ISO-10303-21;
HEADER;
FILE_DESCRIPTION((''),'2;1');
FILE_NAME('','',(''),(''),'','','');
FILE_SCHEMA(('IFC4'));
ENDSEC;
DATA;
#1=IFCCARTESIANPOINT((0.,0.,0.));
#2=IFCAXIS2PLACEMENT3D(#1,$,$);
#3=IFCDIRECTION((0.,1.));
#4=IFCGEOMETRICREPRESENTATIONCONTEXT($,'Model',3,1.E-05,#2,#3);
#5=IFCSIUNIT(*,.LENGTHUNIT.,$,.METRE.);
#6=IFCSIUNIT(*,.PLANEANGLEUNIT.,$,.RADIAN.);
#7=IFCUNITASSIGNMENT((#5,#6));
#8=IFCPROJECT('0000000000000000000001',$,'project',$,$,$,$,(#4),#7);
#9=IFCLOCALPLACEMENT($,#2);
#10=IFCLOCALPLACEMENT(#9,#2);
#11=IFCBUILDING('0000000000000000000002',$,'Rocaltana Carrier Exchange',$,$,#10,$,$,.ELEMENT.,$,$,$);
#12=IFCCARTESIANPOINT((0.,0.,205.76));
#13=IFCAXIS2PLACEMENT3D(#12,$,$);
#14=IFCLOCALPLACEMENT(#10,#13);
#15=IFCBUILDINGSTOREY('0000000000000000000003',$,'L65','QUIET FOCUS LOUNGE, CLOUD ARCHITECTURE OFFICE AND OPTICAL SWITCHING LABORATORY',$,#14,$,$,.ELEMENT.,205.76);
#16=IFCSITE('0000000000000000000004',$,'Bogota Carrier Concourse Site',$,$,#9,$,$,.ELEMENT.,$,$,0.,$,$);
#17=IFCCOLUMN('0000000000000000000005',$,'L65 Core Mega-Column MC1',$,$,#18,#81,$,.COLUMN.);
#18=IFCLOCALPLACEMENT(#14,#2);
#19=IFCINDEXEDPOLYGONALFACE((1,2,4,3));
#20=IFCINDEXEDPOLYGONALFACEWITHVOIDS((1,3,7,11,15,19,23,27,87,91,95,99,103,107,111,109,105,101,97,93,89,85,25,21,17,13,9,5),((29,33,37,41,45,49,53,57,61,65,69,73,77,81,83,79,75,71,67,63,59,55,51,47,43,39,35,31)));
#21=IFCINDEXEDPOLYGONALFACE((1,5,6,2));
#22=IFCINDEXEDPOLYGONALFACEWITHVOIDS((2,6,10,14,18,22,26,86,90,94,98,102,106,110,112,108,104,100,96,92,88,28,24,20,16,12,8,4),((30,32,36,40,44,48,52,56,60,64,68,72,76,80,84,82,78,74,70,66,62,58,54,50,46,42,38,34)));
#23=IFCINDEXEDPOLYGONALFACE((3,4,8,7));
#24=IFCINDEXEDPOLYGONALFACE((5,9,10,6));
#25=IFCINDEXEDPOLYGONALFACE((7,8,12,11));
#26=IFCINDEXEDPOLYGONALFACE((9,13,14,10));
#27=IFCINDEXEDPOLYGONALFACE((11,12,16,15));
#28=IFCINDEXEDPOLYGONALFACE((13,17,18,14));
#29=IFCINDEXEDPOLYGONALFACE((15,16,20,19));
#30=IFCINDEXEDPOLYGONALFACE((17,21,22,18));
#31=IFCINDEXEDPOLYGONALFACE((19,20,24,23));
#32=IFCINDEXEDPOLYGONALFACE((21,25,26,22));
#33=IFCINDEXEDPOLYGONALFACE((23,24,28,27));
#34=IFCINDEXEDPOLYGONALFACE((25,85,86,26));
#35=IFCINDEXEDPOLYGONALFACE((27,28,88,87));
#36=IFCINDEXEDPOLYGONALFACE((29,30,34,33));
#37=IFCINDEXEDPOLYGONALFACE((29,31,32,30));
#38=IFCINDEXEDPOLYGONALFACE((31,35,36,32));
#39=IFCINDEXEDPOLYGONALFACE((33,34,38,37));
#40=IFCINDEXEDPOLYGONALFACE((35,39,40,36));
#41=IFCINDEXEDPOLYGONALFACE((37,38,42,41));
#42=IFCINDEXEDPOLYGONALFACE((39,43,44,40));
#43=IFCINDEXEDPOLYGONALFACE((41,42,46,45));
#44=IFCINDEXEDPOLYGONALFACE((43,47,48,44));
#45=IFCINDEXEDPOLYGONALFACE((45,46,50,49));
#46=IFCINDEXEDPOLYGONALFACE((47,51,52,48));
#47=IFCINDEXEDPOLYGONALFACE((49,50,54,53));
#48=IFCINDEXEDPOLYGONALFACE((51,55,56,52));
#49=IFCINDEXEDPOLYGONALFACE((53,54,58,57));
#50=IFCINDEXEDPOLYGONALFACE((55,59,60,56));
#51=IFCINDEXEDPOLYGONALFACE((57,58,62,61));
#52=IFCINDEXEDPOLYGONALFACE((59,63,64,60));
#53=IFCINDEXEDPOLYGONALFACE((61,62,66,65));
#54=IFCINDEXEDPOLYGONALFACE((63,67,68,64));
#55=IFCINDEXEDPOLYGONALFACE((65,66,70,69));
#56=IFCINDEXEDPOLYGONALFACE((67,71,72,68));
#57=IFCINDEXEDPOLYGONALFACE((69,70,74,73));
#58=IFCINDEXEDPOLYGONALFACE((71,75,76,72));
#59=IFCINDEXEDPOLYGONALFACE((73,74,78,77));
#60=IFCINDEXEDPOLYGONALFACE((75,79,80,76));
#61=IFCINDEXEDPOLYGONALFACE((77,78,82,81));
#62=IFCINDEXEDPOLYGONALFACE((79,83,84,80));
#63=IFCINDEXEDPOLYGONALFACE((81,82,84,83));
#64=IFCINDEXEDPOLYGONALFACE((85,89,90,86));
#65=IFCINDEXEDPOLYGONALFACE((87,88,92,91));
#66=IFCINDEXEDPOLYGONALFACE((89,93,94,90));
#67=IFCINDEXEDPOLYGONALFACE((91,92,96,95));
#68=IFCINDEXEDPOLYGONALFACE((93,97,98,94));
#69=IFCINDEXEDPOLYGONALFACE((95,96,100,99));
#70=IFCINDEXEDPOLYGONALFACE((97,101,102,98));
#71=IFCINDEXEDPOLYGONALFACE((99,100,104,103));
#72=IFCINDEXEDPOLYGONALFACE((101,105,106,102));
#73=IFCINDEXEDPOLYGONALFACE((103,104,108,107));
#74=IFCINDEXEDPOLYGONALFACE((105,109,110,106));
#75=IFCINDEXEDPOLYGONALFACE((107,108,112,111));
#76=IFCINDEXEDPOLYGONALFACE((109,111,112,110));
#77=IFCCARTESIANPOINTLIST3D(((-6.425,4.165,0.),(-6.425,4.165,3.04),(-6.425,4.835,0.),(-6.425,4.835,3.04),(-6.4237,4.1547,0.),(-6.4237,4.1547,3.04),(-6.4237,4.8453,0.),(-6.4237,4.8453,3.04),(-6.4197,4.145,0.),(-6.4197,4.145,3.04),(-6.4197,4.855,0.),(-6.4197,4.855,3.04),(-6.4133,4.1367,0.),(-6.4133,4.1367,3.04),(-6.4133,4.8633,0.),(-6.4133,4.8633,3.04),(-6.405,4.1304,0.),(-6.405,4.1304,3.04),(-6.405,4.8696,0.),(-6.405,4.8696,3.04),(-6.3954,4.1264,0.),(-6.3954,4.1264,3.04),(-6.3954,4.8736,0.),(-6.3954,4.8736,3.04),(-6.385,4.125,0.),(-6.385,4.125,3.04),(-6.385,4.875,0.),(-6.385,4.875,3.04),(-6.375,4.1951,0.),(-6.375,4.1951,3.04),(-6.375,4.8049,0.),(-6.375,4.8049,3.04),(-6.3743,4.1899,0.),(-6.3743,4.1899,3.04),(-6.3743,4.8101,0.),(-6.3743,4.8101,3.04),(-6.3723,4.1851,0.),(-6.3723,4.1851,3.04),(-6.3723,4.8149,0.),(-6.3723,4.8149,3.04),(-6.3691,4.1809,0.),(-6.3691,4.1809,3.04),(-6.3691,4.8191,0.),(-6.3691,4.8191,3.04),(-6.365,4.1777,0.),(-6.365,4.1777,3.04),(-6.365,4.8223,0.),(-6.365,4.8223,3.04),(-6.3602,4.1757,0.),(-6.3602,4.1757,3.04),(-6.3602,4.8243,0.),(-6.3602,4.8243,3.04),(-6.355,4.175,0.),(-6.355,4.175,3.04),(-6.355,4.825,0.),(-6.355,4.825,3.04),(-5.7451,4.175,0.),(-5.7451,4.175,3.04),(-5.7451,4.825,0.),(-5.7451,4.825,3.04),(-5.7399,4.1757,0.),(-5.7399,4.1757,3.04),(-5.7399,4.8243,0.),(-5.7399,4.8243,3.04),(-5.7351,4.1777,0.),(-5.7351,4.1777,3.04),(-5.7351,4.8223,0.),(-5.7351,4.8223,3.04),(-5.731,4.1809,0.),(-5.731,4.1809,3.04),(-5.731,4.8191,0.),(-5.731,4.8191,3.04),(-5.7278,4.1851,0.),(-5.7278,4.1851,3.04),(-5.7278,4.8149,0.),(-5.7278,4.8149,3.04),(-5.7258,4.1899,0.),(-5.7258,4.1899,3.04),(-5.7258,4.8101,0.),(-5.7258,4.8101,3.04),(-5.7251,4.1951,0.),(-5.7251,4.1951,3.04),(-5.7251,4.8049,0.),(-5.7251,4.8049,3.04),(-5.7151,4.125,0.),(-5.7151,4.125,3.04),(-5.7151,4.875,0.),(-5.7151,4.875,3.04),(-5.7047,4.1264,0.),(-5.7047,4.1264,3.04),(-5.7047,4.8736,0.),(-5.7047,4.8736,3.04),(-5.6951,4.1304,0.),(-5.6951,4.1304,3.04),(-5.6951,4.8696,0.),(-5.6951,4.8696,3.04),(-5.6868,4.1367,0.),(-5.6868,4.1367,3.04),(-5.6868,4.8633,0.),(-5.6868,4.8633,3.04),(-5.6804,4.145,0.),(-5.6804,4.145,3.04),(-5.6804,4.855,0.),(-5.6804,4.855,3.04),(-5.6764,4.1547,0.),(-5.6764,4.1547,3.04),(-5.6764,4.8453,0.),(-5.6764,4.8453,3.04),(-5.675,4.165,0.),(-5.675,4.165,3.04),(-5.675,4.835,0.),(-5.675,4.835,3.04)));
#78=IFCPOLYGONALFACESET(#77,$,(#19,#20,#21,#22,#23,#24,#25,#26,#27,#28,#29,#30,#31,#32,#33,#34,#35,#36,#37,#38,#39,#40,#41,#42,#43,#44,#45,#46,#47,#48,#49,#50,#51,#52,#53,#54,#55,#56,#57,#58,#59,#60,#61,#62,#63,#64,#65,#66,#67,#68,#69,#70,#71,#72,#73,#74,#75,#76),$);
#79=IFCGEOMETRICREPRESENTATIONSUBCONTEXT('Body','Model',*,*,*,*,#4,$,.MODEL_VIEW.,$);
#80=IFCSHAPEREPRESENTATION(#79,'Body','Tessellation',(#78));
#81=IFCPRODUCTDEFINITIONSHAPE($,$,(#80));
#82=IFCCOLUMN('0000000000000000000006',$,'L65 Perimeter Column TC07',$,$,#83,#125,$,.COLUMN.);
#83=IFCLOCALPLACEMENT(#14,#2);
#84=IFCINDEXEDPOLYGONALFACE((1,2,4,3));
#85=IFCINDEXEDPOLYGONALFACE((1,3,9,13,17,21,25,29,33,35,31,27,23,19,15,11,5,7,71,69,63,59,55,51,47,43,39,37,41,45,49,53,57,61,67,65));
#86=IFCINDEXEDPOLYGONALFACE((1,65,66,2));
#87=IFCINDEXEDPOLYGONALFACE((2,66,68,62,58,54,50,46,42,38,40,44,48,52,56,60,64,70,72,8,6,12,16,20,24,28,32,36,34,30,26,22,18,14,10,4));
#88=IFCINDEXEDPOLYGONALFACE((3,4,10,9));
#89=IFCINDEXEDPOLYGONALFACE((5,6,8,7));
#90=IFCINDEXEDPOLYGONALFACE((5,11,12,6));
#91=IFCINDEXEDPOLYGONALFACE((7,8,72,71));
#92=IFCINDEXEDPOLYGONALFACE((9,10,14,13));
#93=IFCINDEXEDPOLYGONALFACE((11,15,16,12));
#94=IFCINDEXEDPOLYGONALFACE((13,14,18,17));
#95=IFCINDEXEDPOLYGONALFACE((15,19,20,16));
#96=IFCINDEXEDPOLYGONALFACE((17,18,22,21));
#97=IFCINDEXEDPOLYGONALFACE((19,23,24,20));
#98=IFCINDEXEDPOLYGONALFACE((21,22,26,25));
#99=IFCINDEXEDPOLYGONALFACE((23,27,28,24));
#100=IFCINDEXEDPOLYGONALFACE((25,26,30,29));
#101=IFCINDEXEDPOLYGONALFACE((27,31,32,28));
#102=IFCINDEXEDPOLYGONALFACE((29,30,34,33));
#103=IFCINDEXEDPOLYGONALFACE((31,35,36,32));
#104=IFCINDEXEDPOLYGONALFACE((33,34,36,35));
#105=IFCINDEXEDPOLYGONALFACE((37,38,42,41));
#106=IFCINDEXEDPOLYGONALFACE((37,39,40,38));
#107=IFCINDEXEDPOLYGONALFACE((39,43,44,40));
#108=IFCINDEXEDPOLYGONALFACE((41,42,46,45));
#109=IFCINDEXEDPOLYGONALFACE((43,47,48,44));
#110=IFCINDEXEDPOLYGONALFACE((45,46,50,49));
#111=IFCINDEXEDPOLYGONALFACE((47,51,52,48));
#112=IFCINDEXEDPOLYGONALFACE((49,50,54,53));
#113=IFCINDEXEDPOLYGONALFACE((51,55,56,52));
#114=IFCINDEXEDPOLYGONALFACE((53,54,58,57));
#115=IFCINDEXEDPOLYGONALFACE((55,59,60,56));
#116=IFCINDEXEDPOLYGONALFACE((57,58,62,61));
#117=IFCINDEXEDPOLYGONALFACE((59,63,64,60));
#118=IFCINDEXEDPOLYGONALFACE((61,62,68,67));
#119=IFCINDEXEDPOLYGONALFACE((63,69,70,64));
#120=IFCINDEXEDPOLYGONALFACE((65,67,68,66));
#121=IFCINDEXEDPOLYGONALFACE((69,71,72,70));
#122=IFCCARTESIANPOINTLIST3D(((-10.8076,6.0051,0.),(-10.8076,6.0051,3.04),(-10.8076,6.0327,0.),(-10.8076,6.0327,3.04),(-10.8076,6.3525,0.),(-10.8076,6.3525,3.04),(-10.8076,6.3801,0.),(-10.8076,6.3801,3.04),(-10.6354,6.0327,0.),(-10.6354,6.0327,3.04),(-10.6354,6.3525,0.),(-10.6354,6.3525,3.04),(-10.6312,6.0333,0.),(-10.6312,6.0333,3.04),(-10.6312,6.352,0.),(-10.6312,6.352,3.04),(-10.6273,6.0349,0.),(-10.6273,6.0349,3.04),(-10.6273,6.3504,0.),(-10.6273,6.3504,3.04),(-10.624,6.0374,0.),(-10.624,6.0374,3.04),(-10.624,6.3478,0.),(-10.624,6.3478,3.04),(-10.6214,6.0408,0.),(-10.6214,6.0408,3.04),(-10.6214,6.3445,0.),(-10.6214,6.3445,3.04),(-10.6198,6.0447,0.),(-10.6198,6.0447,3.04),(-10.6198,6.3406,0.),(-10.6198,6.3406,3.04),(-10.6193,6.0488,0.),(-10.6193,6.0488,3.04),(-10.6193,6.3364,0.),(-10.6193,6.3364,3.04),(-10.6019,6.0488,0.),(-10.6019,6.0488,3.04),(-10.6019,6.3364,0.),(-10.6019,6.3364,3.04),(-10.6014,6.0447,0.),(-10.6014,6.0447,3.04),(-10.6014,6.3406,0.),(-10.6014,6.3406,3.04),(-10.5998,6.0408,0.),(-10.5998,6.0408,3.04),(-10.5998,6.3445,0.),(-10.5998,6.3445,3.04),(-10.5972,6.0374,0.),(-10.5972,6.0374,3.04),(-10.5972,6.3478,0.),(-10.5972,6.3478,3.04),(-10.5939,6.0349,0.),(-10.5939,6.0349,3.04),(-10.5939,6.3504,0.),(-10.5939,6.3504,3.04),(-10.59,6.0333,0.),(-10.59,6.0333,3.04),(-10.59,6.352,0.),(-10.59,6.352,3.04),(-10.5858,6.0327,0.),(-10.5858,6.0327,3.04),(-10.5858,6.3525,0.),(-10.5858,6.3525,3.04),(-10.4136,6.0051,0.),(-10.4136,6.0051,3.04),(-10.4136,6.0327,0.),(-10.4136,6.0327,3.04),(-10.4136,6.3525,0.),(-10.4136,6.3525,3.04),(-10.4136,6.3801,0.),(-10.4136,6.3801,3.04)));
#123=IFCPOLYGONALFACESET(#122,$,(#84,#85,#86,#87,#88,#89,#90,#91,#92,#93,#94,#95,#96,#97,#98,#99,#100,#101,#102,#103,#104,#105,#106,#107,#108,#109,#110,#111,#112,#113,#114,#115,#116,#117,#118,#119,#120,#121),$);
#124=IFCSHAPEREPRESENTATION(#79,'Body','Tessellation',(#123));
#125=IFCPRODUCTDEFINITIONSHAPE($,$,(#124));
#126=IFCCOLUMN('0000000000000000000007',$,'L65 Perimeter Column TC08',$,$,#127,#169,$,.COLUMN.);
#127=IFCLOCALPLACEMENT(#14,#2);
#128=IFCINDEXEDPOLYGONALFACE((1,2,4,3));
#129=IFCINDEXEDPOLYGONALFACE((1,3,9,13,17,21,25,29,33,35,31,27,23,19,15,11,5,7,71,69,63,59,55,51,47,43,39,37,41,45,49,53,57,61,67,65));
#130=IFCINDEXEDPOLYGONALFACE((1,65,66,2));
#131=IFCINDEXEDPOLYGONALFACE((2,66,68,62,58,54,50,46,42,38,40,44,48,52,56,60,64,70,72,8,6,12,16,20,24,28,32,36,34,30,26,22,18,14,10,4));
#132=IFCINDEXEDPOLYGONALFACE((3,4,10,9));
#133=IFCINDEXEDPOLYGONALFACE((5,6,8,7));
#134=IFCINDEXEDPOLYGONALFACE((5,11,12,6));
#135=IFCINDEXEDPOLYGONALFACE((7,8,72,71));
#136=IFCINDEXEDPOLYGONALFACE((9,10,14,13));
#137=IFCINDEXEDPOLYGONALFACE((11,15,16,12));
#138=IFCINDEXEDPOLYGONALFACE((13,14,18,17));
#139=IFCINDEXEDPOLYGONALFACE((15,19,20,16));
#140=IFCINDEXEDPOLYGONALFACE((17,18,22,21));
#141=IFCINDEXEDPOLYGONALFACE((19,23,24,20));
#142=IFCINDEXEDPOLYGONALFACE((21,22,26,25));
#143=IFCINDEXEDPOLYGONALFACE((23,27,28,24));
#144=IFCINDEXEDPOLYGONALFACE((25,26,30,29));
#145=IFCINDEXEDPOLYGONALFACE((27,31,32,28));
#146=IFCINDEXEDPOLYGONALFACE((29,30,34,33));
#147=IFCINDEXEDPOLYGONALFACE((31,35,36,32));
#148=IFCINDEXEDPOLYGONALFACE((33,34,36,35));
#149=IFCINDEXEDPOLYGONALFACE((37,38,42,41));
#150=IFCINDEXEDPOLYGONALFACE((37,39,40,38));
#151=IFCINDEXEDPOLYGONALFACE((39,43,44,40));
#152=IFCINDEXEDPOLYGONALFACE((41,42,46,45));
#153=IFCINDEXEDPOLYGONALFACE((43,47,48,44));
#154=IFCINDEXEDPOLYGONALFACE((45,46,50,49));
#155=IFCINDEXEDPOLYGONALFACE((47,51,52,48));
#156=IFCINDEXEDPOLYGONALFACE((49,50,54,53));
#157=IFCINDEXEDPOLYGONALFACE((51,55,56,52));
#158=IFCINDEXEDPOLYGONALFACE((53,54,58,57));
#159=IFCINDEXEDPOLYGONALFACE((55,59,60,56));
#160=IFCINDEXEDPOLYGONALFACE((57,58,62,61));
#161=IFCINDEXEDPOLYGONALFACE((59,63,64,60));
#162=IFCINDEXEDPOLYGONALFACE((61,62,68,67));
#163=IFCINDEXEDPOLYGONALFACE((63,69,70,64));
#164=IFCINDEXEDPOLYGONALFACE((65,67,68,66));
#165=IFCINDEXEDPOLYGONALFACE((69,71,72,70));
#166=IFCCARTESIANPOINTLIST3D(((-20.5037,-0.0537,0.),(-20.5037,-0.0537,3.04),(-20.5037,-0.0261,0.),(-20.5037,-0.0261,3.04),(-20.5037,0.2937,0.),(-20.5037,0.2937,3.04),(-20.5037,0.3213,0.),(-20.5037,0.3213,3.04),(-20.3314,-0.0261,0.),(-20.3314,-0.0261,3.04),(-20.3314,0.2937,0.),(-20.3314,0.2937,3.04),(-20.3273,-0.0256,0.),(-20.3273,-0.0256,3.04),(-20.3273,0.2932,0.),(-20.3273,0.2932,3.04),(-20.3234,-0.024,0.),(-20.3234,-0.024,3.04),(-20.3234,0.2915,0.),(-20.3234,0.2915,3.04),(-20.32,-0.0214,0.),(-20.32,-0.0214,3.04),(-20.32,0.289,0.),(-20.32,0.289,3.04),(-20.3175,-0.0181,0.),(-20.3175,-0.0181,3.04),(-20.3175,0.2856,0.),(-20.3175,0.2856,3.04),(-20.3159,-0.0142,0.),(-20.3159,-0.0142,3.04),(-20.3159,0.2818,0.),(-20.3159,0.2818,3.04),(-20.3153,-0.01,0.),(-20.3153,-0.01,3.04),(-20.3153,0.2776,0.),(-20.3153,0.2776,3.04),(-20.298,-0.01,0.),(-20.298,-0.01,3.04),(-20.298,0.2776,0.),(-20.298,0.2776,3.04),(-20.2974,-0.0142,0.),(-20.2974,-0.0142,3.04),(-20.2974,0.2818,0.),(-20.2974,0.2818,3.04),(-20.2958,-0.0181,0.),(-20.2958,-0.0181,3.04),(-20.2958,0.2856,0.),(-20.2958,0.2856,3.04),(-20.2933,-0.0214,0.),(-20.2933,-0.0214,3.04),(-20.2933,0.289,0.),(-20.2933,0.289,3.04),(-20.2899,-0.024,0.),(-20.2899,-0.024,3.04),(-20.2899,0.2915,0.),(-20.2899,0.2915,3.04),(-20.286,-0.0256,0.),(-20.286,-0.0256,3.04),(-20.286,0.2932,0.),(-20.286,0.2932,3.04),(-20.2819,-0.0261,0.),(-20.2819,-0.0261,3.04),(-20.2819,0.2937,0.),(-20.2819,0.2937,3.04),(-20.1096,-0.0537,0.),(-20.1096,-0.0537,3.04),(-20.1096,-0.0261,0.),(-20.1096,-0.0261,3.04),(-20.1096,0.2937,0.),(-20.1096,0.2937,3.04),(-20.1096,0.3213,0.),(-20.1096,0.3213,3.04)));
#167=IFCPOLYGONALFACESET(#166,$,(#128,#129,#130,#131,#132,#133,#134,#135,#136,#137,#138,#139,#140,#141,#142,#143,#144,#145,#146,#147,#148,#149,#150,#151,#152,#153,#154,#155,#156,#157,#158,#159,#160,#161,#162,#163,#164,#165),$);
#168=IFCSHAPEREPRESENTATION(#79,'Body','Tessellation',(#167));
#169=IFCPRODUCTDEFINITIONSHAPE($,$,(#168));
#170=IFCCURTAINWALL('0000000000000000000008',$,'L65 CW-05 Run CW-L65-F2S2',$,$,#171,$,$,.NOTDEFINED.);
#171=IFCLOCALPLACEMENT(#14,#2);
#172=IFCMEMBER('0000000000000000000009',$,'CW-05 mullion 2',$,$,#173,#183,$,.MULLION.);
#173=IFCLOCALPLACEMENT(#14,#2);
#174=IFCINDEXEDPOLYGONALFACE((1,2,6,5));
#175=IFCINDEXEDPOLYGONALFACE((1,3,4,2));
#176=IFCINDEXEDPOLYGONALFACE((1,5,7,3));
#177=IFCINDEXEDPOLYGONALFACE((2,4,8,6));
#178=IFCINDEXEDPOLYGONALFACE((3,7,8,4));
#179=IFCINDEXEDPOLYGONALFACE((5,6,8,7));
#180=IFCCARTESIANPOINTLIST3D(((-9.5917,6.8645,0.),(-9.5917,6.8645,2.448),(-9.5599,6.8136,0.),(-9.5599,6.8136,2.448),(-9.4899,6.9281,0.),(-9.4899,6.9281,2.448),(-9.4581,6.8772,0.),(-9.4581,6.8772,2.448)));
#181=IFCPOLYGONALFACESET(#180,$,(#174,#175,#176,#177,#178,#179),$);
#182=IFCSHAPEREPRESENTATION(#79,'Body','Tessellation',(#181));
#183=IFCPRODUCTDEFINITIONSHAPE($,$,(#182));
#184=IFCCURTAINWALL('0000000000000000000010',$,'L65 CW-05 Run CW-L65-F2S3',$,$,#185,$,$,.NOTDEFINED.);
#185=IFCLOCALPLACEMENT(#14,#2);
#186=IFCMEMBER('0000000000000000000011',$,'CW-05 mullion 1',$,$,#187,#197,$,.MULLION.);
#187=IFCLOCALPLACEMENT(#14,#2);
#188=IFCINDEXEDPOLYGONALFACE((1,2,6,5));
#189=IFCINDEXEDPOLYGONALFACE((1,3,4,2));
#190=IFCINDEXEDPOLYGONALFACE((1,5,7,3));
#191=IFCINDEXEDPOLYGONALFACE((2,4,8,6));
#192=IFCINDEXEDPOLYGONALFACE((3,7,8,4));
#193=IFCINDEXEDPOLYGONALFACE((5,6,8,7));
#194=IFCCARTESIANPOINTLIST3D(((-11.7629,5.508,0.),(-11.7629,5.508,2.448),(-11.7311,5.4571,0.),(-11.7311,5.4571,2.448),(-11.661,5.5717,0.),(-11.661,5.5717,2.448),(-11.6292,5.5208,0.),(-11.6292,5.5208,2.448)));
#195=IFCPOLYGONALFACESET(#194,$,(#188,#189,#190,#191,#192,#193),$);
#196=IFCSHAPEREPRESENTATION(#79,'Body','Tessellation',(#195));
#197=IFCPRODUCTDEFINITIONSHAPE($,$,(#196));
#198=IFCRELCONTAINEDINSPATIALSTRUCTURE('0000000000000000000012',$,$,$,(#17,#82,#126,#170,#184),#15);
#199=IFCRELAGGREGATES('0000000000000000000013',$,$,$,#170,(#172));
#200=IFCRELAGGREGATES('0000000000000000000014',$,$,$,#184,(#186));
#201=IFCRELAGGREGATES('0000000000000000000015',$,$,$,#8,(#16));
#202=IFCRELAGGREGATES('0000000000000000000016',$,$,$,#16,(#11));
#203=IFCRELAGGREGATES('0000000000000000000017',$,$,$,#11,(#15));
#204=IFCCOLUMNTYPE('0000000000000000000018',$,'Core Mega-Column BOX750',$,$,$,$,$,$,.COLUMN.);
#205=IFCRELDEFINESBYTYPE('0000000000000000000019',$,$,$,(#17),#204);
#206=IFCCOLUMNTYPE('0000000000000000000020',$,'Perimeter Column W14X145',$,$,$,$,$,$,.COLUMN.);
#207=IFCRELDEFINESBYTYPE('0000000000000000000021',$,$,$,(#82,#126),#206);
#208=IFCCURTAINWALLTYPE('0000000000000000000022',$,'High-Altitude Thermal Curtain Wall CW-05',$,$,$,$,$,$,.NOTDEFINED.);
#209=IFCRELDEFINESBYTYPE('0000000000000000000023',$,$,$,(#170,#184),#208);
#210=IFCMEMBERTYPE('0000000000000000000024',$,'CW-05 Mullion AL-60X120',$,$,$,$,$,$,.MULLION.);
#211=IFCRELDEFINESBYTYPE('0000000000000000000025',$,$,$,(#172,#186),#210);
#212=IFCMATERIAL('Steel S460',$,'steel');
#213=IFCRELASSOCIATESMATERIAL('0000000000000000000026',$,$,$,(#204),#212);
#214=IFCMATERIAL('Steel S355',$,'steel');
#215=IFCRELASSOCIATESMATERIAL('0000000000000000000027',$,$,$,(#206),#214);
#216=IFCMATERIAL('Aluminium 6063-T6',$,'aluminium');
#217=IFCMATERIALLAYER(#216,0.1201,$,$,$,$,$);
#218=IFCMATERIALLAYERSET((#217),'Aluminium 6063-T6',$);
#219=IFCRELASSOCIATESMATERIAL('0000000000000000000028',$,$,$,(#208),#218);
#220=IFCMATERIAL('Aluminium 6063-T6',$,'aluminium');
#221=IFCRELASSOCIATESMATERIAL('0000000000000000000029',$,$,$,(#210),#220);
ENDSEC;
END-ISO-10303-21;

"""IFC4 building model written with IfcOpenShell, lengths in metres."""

from ifc_helpers import new_model, si_unit, direction, frame, origin, origin_2d, place, context, subcontext, project, spatial, rectangle, hollow_rectangle, i_section, extrude, material, layer, layer_set, material_profile, profile_set, type_object, element, aggregate, save


model = new_model("IFC4")

# Units and contexts
model_context = context("Model", 3, precision=1e-05, world=origin(), true_north=direction((0.0, 1.0)))
body_context = subcontext(model_context, "Body", "Model", "MODEL_VIEW")
ifc_project = project(units=[si_unit("LENGTHUNIT", "METRE"), si_unit("PLANEANGLEUNIT", "RADIAN")], contexts=[model_context])

# Site, building, storey
site_placement = place(None, origin())
site = spatial("IfcSite", under=ifc_project, at=site_placement, Name="Bogota Carrier Concourse Site", CompositionType="ELEMENT", RefElevation=0.0)
building_placement = place(site_placement, origin())
building = spatial("IfcBuilding", under=site, at=building_placement, Name="Rocaltana Carrier Exchange", CompositionType="ELEMENT")
storey_placement = place(building_placement, frame((0.0, 0.0, 205.76)))
storey = spatial("IfcBuildingStorey", under=building, at=storey_placement, Name="L65", Description="QUIET FOCUS LOUNGE, CLOUD ARCHITECTURE OFFICE AND OPTICAL SWITCHING LABORATORY", CompositionType="ELEMENT", Elevation=205.76)

# Columns
ifc_material_1 = material(Name="Steel S460", Category="steel")
ifc_material_profile_1 = material_profile(ifc_material_1, hollow_rectangle(XDim=0.75, YDim=0.75, WallThickness=0.05, InnerFilletRadius=0.02, OuterFilletRadius=0.04, at=origin_2d()), Name="BOX750X750X50")
ifc_profile_set_1 = profile_set([ifc_material_profile_1], Name="Steel S460")
column_type_1 = type_object("IfcColumnType", Name="Core Mega-Column BOX750", PredefinedType="COLUMN", material=ifc_profile_set_1)
column_placement = place(storey_placement, frame((-6.05, 4.5, 0.0), z_axis=(0.0, 0.0, 1.0), x_axis=(1.0, 0.0, 0.0)))
element("IfcColumn", 1, at=column_placement, inside=storey, type_object=column_type_1, Name="L65 Core Mega-Column MC1", PredefinedType="COLUMN", context=body_context, shape_type="SweptSolid", body=[
    extrude(hollow_rectangle(XDim=0.75, YDim=0.75, WallThickness=0.05, InnerFilletRadius=0.02, OuterFilletRadius=0.04, at=origin_2d()), origin(), (0.0, 0.0, 1.0), 3.04),
])
ifc_material_2 = material(Name="Steel S355", Category="steel")
ifc_material_profile_2 = material_profile(ifc_material_2, i_section(OverallWidth=0.394, OverallDepth=0.375, WebThickness=0.0173, FlangeThickness=0.0276, FilletRadius=0.0161, at=origin_2d()), Name="W14X145")
ifc_profile_set_2 = profile_set([ifc_material_profile_2], Name="Steel S355")
column_type_2 = type_object("IfcColumnType", Name="Perimeter Column W14X145", PredefinedType="COLUMN", material=ifc_profile_set_2)
for number, where, z_axis, x_axis, name in (
    (2, (-10.6106, 6.1926, 0.0), (0.0, 0.0, 1.0), (1.0, 0.0, 0.0), "L65 Perimeter Column TC07"),
    (3, (-20.3066, 0.1338, 0.0), (0.0, 0.0, 1.0), (1.0, 0.0, 0.0), "L65 Perimeter Column TC08"),
):
    element("IfcColumn", number, at=place(storey_placement, frame(where, z_axis=z_axis, x_axis=x_axis)), inside=storey, type_object=column_type_2, Name=name, PredefinedType="COLUMN", context=body_context, shape_type="SweptSolid", body=[
        extrude(i_section(OverallWidth=0.394, OverallDepth=0.375, WebThickness=0.0173, FlangeThickness=0.0276, FilletRadius=0.0161, at=origin_2d()), origin(), (0.0, 0.0, 1.0), 3.04),
    ])

# Curtain wall, member
ifc_material_3 = material(Name="Aluminium 6063-T6", Category="aluminium")
ifc_layer_1 = layer(ifc_material_3, 0.1201)
ifc_layer_set_1 = layer_set([ifc_layer_1], Name="Aluminium 6063-T6")
curtain_wall_type = type_object("IfcCurtainWallType", Name="High-Altitude Thermal Curtain Wall CW-05", PredefinedType="NOTDEFINED", material=ifc_layer_set_1)
curtain_wall_1_placement = place(storey_placement, origin())
curtain_wall_1 = element("IfcCurtainWall", 4, at=curtain_wall_1_placement, inside=storey, type_object=curtain_wall_type, Name="L65 CW-05 Run CW-L65-F2S2", PredefinedType="NOTDEFINED")
ifc_material_4 = material(Name="Aluminium 6063-T6", Category="aluminium")
ifc_material_profile_3 = material_profile(ifc_material_4, rectangle(XDim=0.0601, YDim=0.1201, at=origin_2d()), Name="AL-60X120")
ifc_profile_set_3 = profile_set([ifc_material_profile_3], Name="Aluminium 6063-T6")
member_type_1 = type_object("IfcMemberType", Name="CW-05 Mullion AL-60X120", PredefinedType="MULLION", material=ifc_profile_set_3)
member_1_placement = place(storey_placement, frame((-9.5249, 6.8708, 0.0), z_axis=(0.0, 0.0, 1.0), x_axis=(0.52992, -0.848047, 0.0)))
member_1 = element("IfcMember", 5, at=member_1_placement, type_object=member_type_1, Name="CW-05 mullion 2", PredefinedType="MULLION", context=body_context, shape_type="SweptSolid", body=[
    extrude(rectangle(XDim=0.0601, YDim=0.1201, at=origin_2d()), origin(), (0.0, 0.0, 1.0), 2.448),
])
aggregate(curtain_wall_1, [member_1])

# Curtain wall, member
curtain_wall_2_placement = place(storey_placement, origin())
curtain_wall_2 = element("IfcCurtainWall", 6, at=curtain_wall_2_placement, inside=storey, type_object=curtain_wall_type, Name="L65 CW-05 Run CW-L65-F2S3", PredefinedType="NOTDEFINED")
member_2_placement = place(storey_placement, frame((-11.696, 5.5144, 0.0), z_axis=(0.0, 0.0, 1.0), x_axis=(0.529915, -0.84805, 0.0)))
member_2 = element("IfcMember", 7, at=member_2_placement, type_object=member_type_1, Name="CW-05 mullion 1", PredefinedType="MULLION", context=body_context, shape_type="SweptSolid", body=[
    extrude(rectangle(XDim=0.0601, YDim=0.1201, at=origin_2d()), origin(), (0.0, 0.0, 1.0), 2.448),
])

aggregate(curtain_wall_2, [member_2])

save(model, "model.ifc")
